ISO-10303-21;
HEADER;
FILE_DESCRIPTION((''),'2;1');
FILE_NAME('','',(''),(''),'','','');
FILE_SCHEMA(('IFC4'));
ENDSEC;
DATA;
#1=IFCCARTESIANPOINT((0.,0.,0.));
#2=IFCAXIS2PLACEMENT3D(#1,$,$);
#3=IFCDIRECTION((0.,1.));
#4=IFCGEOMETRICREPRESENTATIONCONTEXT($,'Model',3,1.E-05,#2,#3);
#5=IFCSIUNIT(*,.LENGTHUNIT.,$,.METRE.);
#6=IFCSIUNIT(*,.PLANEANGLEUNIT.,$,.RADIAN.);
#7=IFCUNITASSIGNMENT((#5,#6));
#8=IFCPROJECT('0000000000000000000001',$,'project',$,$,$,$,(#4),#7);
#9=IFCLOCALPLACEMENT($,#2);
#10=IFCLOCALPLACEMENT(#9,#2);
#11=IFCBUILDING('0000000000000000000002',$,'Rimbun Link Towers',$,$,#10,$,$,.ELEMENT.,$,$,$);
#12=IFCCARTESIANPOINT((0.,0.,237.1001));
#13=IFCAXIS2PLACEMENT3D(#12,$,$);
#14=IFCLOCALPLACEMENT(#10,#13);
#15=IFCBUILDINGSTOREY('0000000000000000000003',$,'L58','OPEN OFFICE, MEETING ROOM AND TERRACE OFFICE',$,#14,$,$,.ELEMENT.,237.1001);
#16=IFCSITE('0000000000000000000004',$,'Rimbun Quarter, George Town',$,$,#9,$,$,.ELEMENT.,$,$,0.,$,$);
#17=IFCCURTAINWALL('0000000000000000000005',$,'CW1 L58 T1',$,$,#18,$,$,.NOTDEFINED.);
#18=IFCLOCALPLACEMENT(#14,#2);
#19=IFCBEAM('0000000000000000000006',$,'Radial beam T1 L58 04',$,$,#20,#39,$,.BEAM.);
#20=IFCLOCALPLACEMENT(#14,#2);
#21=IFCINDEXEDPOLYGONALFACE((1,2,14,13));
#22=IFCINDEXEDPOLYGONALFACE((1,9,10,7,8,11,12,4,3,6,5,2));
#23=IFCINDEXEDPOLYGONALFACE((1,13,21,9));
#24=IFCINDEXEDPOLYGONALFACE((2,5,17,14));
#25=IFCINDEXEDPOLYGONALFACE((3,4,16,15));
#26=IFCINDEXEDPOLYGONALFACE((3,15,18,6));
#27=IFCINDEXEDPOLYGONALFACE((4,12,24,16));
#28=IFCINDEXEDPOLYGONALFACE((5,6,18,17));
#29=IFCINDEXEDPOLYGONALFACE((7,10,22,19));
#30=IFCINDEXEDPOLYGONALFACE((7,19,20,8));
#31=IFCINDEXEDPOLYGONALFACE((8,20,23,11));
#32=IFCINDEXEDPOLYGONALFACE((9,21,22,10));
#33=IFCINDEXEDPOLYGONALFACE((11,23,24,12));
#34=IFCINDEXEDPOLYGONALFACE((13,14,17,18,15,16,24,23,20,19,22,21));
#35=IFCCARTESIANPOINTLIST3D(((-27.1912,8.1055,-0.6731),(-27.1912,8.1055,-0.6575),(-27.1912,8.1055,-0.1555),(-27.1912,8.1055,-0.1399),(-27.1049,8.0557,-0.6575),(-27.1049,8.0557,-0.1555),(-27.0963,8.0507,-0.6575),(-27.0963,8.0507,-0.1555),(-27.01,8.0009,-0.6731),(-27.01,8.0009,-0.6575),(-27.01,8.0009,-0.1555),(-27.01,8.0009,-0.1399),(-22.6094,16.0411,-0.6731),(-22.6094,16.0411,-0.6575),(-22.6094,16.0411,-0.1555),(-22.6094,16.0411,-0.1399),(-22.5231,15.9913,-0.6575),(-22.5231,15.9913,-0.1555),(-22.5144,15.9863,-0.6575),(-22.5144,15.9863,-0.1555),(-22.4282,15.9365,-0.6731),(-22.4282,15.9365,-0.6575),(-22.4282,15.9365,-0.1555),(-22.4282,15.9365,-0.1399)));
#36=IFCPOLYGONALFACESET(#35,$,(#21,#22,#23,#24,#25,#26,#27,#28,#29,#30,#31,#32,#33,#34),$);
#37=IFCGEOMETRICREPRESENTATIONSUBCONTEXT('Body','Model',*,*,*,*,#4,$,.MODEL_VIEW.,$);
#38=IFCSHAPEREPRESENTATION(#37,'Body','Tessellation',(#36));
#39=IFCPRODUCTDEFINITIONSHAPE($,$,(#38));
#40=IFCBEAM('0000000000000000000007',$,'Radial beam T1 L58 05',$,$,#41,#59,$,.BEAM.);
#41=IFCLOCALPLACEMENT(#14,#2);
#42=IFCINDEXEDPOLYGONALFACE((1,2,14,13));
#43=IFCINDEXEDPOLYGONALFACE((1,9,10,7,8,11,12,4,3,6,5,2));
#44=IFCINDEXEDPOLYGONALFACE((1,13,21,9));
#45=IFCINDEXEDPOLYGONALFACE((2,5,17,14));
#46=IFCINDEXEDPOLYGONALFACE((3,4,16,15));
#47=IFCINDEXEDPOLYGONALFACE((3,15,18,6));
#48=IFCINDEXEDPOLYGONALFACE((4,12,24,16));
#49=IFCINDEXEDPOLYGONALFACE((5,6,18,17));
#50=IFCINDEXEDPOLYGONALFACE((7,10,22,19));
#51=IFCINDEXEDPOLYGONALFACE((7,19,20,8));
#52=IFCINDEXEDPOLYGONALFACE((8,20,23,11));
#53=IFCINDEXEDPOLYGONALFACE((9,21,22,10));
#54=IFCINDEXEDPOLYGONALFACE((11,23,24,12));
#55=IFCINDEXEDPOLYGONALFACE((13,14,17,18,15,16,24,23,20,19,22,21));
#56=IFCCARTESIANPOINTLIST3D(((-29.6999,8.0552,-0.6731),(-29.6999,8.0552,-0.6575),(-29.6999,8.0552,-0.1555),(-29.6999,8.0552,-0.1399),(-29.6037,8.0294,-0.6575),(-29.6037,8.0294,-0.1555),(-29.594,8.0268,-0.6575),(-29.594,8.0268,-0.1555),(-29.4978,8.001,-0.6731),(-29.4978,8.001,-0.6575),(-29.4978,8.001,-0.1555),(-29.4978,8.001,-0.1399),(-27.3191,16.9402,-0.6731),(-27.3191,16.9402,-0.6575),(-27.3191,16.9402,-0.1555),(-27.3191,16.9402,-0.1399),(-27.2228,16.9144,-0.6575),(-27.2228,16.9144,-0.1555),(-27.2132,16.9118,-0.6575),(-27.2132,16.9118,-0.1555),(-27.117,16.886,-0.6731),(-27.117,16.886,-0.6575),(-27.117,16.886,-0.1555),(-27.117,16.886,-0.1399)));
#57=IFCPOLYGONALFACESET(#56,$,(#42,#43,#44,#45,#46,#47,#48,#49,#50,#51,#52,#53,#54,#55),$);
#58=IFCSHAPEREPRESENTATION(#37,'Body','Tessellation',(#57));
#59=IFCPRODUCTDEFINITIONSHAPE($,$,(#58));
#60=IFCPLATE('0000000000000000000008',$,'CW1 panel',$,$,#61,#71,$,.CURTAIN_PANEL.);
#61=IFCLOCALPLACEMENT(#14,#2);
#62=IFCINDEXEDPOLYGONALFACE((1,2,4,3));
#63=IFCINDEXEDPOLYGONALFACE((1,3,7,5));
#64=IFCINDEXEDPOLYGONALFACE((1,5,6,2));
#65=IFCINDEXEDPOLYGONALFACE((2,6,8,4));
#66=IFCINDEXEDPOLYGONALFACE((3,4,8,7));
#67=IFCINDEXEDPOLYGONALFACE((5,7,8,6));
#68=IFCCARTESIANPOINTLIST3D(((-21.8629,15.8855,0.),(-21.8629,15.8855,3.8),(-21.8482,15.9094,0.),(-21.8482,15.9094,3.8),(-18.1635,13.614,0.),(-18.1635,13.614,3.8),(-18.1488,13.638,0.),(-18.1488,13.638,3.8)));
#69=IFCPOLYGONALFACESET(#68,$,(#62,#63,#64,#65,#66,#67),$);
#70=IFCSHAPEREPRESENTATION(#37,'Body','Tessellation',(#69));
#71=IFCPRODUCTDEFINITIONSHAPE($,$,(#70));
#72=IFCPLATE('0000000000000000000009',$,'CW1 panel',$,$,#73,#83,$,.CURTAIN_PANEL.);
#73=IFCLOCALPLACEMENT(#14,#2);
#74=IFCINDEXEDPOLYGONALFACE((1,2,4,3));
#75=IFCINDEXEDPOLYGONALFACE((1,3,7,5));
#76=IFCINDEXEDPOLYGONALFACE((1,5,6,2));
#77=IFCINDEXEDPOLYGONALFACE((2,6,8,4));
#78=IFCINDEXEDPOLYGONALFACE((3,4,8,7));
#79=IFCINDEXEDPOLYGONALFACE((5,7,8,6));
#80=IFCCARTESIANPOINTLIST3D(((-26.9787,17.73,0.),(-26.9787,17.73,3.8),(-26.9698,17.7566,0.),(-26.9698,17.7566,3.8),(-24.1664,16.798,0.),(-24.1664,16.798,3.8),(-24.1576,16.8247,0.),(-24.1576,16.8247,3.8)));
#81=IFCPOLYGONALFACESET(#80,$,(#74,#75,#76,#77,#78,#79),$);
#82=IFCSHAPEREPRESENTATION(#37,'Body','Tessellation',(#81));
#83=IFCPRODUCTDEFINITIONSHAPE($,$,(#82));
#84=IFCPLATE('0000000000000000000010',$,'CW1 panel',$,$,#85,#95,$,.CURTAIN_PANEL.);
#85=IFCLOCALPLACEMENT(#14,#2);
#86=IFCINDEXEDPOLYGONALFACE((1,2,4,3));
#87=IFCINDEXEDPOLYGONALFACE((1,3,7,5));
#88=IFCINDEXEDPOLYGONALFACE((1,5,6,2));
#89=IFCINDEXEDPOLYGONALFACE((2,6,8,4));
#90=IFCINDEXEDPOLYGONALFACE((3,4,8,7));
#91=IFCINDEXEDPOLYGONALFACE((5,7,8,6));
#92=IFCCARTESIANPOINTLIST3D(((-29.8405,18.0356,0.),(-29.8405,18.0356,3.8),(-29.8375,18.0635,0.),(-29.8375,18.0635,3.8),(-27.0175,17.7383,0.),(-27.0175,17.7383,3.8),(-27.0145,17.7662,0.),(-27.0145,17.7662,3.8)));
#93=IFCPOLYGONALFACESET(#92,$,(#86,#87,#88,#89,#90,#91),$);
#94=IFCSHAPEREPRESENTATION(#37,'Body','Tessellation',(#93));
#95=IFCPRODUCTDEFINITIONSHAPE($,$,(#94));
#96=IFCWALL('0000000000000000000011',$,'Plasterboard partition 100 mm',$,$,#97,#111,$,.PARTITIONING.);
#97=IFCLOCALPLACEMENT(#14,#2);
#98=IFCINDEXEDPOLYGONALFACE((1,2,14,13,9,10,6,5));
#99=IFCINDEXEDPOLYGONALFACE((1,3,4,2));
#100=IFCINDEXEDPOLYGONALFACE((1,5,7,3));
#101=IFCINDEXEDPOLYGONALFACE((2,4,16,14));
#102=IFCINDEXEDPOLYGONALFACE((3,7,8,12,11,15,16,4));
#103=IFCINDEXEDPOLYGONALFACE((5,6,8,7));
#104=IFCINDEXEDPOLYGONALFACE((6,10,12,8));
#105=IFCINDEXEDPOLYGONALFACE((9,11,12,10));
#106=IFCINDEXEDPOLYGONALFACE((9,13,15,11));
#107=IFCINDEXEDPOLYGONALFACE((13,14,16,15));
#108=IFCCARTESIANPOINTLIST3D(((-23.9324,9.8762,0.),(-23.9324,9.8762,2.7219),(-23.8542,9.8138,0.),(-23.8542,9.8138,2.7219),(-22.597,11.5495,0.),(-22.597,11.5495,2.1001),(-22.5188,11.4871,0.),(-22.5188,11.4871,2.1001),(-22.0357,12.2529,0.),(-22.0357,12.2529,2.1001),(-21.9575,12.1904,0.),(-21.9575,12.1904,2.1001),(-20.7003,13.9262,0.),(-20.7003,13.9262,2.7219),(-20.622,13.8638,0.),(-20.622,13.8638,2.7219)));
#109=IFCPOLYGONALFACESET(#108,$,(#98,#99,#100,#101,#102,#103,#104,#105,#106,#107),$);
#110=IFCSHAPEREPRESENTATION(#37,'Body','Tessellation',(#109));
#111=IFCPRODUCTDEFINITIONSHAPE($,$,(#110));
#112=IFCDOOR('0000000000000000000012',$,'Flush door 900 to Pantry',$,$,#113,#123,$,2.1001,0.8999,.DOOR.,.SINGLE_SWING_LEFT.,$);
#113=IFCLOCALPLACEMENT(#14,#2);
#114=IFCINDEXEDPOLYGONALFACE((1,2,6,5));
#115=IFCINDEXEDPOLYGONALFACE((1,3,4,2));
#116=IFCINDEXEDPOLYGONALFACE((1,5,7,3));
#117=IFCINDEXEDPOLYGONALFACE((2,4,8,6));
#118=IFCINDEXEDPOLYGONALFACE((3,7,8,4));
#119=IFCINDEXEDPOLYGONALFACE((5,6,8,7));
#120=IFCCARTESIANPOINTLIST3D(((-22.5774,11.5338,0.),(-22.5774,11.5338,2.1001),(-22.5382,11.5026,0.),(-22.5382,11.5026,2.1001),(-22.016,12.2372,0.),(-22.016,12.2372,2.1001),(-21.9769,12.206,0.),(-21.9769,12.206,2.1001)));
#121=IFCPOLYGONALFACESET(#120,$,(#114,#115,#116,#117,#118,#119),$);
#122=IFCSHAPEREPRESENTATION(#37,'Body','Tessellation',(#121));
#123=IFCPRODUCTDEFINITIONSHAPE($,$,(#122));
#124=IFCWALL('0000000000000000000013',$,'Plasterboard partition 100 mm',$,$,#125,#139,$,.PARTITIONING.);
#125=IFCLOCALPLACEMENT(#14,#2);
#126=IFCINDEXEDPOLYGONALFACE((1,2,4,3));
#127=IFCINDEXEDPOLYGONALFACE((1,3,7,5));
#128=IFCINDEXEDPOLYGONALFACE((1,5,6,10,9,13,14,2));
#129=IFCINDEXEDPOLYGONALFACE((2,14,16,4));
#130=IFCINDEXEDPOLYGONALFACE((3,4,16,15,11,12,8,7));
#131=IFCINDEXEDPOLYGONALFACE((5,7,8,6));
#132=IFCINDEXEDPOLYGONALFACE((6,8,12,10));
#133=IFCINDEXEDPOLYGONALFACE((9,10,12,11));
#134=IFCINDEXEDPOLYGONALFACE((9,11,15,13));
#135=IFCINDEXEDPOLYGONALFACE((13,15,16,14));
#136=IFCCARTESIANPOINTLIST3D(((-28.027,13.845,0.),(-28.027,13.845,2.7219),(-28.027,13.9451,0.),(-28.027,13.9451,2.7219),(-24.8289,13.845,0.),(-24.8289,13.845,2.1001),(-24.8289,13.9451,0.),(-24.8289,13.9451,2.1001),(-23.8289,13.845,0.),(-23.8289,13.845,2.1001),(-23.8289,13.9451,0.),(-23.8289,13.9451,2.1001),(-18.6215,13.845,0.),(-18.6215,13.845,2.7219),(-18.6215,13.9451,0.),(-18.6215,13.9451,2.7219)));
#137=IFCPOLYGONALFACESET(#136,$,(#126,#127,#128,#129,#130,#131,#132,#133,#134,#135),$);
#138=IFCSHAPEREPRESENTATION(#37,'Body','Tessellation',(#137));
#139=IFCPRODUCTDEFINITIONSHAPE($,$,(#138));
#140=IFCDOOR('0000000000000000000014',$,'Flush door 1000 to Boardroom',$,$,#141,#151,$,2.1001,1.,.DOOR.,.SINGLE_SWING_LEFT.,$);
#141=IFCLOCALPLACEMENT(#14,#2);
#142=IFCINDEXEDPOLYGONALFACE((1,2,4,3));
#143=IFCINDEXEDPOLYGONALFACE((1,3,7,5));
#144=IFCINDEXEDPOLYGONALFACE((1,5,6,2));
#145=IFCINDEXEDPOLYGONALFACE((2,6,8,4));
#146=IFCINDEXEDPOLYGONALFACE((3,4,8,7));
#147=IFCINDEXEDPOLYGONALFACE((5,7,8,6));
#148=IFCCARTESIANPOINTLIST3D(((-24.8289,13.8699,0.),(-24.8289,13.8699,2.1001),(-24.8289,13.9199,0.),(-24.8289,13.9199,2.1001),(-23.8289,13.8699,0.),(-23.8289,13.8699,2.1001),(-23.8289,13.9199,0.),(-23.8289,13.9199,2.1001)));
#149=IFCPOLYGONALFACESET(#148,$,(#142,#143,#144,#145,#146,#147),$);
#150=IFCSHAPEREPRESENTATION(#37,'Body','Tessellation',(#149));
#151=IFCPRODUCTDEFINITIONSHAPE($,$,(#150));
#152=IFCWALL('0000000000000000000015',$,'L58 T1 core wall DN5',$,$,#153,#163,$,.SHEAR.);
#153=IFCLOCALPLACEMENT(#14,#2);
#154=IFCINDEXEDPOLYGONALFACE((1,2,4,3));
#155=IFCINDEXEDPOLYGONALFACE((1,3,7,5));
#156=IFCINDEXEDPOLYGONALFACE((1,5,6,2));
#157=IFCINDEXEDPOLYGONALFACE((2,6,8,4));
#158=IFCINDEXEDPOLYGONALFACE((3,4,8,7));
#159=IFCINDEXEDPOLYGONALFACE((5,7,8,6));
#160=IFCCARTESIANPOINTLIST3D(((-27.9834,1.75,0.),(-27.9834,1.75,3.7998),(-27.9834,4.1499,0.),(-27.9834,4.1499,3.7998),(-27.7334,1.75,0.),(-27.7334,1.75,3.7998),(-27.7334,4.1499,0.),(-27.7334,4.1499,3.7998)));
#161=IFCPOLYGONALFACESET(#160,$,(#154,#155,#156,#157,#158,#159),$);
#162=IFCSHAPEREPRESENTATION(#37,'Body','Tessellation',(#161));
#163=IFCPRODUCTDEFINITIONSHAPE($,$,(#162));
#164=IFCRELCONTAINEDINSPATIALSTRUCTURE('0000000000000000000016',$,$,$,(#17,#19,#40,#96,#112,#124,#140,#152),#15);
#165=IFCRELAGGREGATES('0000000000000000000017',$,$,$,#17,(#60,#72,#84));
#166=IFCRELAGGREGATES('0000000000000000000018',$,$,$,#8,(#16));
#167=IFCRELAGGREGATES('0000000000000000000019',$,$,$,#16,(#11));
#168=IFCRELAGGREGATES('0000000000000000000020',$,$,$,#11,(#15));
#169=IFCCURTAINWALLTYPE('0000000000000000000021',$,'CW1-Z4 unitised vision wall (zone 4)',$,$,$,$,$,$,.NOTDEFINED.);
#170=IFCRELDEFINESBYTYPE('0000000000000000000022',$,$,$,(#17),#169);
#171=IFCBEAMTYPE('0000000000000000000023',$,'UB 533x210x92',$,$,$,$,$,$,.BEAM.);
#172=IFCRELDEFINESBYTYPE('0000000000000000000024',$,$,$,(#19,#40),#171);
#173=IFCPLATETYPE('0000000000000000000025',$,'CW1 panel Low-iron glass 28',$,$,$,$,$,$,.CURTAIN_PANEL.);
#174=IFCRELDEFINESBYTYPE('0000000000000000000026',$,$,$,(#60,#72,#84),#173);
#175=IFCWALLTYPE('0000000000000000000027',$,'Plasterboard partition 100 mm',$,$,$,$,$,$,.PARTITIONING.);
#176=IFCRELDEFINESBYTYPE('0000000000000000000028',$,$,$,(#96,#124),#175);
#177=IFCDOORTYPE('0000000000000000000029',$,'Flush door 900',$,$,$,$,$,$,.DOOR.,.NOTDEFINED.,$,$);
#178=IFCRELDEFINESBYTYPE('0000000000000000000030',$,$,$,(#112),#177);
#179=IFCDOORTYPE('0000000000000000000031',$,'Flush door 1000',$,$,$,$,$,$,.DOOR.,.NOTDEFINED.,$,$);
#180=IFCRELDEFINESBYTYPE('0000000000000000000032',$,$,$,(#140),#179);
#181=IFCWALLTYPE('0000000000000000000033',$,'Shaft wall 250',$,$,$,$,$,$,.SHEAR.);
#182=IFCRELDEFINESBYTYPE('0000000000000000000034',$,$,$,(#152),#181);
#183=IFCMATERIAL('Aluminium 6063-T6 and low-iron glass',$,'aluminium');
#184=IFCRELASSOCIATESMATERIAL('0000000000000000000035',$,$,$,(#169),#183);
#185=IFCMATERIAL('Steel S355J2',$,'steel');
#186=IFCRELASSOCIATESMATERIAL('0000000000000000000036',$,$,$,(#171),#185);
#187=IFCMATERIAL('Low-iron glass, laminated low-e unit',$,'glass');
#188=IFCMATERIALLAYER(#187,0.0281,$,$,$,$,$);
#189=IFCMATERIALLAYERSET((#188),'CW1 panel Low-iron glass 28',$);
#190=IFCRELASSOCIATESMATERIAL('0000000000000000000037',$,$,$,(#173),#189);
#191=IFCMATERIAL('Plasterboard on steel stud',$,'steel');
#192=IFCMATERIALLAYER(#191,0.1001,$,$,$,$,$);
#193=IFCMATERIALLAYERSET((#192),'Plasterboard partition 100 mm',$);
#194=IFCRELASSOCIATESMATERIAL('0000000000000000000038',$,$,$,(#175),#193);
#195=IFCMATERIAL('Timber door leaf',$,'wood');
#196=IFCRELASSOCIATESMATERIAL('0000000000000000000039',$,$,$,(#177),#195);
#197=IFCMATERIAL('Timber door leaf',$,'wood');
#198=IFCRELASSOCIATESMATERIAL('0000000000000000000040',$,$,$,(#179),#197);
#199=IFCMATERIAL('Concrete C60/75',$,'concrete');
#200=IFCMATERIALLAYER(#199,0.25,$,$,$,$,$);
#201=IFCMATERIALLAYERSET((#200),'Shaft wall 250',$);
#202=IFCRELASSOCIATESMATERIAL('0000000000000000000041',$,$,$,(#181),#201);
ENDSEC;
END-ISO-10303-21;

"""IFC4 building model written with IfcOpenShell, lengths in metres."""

from ifc_helpers import new_model, si_unit, direction, frame, frame_2d, origin, origin_2d, place, context, subcontext, project, spatial, rectangle, i_section, extrude, material, layer, layer_set, material_profile, profile_set, type_object, element, fill, aggregate, save


model = new_model("IFC4")

# Units and contexts
model_context = context("Model", 3, precision=1e-05, world=origin(), true_north=direction((0.0, 1.0)))
body_context = subcontext(model_context, "Body", "Model", "MODEL_VIEW")
ifc_project = project(units=[si_unit("LENGTHUNIT", "METRE"), si_unit("PLANEANGLEUNIT", "RADIAN")], contexts=[model_context])

# Site, building, storey
site_placement = place(None, origin())
site = spatial("IfcSite", under=ifc_project, at=site_placement, Name="Rimbun Quarter, George Town", CompositionType="ELEMENT", RefElevation=0.0)
building_placement = place(site_placement, origin())
building = spatial("IfcBuilding", under=site, at=building_placement, Name="Rimbun Link Towers", CompositionType="ELEMENT")
storey_placement = place(building_placement, frame((0.0, 0.0, 237.1001)))
storey = spatial("IfcBuildingStorey", under=building, at=storey_placement, Name="L58", Description="OPEN OFFICE, MEETING ROOM AND TERRACE OFFICE", CompositionType="ELEMENT", Elevation=237.1001)

# Curtain wall
ifc_material_1 = material(Name="Aluminium 6063-T6 and low-iron glass", Category="aluminium")
curtain_wall_type = type_object("IfcCurtainWallType", Name="CW1-Z4 unitised vision wall (zone 4)", PredefinedType="NOTDEFINED", material=ifc_material_1)
curtain_wall_placement = place(storey_placement, origin())
curtain_wall = element("IfcCurtainWall", 1, at=curtain_wall_placement, inside=storey, type_object=curtain_wall_type, Name="CW1 L58 T1", PredefinedType="NOTDEFINED")

# Beams
ifc_material_2 = material(Name="Steel S355J2", Category="steel")
ifc_material_profile_1 = material_profile(ifc_material_2, i_section(OverallWidth=0.2092, OverallDepth=0.5332, WebThickness=0.01, FlangeThickness=0.0156, at=origin_2d()), Name="UB 533x210x92")
ifc_profile_set_1 = profile_set([ifc_material_profile_1], Name="Steel S355J2")
beam_type_1 = type_object("IfcBeamType", Name="UB 533x210x92", PredefinedType="BEAM", material=ifc_profile_set_1)
beam_1_placement = place(storey_placement, frame((-27.1006, 8.0532, -0.4065), z_axis=(0.500016, 0.866016, 0.0), x_axis=(-0.866016, 0.500016, 0.0)))
element("IfcBeam", 2, at=beam_1_placement, inside=storey, type_object=beam_type_1, Name="Radial beam T1 L58 04", PredefinedType="BEAM", context=body_context, shape_type="SweptSolid", body=[
    extrude(i_section(OverallWidth=0.2092, OverallDepth=0.5332, WebThickness=0.01, FlangeThickness=0.0156, at=origin_2d()), origin(), (0.0, 0.0, 1.0), 9.1633),
])
beam_2_placement = place(storey_placement, frame((-29.5989, 8.0281, -0.4065), z_axis=(0.258832, 0.965922, 0.0), x_axis=(-0.965922, 0.258832, 0.0)))
element("IfcBeam", 3, at=beam_2_placement, inside=storey, type_object=beam_type_1, Name="Radial beam T1 L58 05", PredefinedType="BEAM", context=body_context, shape_type="SweptSolid", body=[
    extrude(i_section(OverallWidth=0.2092, OverallDepth=0.5332, WebThickness=0.01, FlangeThickness=0.0156, at=origin_2d()), origin(), (0.0, 0.0, 1.0), 9.1985),
])

# Plates
ifc_material_3 = material(Name="Low-iron glass, laminated low-e unit", Category="glass")
ifc_layer_1 = layer(ifc_material_3, 0.0281)
ifc_layer_set_1 = layer_set([ifc_layer_1], Name="CW1 panel Low-iron glass 28")
plate_type = type_object("IfcPlateType", Name="CW1 panel Low-iron glass 28", PredefinedType="CURTAIN_PANEL", material=ifc_layer_set_1)
plate_1_placement = place(storey_placement, frame((-20.0059, 14.7617, 0.0), z_axis=(0.0, 0.0, 1.0), x_axis=(0.852185, -0.52324, 0.0)))
plate_1 = element("IfcPlate", 4, at=plate_1_placement, type_object=plate_type, Name="CW1 panel", PredefinedType="CURTAIN_PANEL", context=body_context, shape_type="SweptSolid", body=[
    extrude(rectangle(XDim=4.3411, YDim=0.0281, at=origin_2d()), origin(), (0.0, 0.0, 1.0), 3.8),
])
plate_2_placement = place(storey_placement, frame((-25.5681, 17.2773, 0.0), z_axis=(0.0, 0.0, 1.0), x_axis=(0.949234, -0.31457, 0.0)))
plate_2 = element("IfcPlate", 5, at=plate_2_placement, type_object=plate_type, Name="CW1 panel", PredefinedType="CURTAIN_PANEL", context=body_context, shape_type="SweptSolid", body=[
    extrude(rectangle(XDim=2.9626, YDim=0.0281, at=origin_2d()), origin(), (0.0, 0.0, 1.0), 3.8),
])
plate_3_placement = place(storey_placement, frame((-28.4275, 17.9009, 0.0), z_axis=(0.0, 0.0, 1.0), x_axis=(0.9945, -0.104736, 0.0)))
plate_3 = element("IfcPlate", 6, at=plate_3_placement, type_object=plate_type, Name="CW1 panel", PredefinedType="CURTAIN_PANEL", context=body_context, shape_type="SweptSolid", body=[
    extrude(rectangle(XDim=2.8386, YDim=0.0281, at=origin_2d()), origin(), (0.0, 0.0, 1.0), 3.8),
])
aggregate(curtain_wall, [plate_1, plate_2, plate_3])

# Walls, openings, doors
ifc_material_4 = material(Name="Plasterboard on steel stud", Category="steel")
ifc_layer_2 = layer(ifc_material_4, 0.1001)
ifc_layer_set_2 = layer_set([ifc_layer_2], Name="Plasterboard partition 100 mm")
wall_type_1 = type_object("IfcWallType", Name="Plasterboard partition 100 mm", PredefinedType="PARTITIONING", material=ifc_layer_set_2)
wall_1_placement = place(storey_placement, frame((-23.8933, 9.845, 0.0), z_axis=(0.0, 0.0, 1.0), x_axis=(0.62377, 0.781608, 0.0)))
wall_1 = element("IfcWall", 7, at=wall_1_placement, inside=storey, type_object=wall_type_1, Name="Plasterboard partition 100 mm", PredefinedType="PARTITIONING", context=body_context, shape_type="SweptSolid", body=[
    extrude(rectangle(XDim=5.1816, YDim=0.1001, at=frame_2d((2.5908, 0.0))), origin(), (0.0, 0.0, 1.0), 2.7219),
])
opening_1_placement = place(wall_1_placement, frame((2.1409, 0.0, 0.0)))
opening_1 = element("IfcOpeningElement", 8, at=opening_1_placement, cuts=wall_1, PredefinedType="OPENING", context=body_context, shape_type="SweptSolid", body=[
    extrude(rectangle(XDim=0.8999, YDim=2.1001, at=frame_2d((0.45, 1.05))), frame((0.0, 0.0601, 0.0), z_axis=(0.0, -1.0, 0.0), x_axis=(1.0, 0.0, 0.0)), (0.0, 0.0, 1.0), 0.1201),
])
ifc_material_5 = material(Name="Timber door leaf", Category="wood")
door_type_1 = type_object("IfcDoorType", Name="Flush door 900", OperationType="NOTDEFINED", PredefinedType="DOOR", material=ifc_material_5)
door_1_placement = place(opening_1_placement, origin())
door_1 = element("IfcDoor", 9, at=door_1_placement, inside=storey, type_object=door_type_1, Name="Flush door 900 to Pantry", OperationType="SINGLE_SWING_LEFT", OverallHeight=2.1001, OverallWidth=0.8999, PredefinedType="DOOR", context=body_context, shape_type="SweptSolid", body=[
    extrude(rectangle(XDim=0.8999, YDim=2.1001, at=frame_2d((0.45, 1.05))), frame((0.0, 0.0249, 0.0), z_axis=(0.0, -1.0, 0.0), x_axis=(1.0, 0.0, 0.0)), (0.0, 0.0, 1.0), 0.05),
])
fill(opening_1, door_1)
wall_2_placement = place(storey_placement, frame((-28.0269, 13.895, 0.0), z_axis=(0.0, 0.0, 1.0), x_axis=(1.0, 0.0, 0.0)))
wall_2 = element("IfcWall", 10, at=wall_2_placement, inside=storey, type_object=wall_type_1, Name="Plasterboard partition 100 mm", PredefinedType="PARTITIONING", context=body_context, shape_type="SweptSolid", body=[
    extrude(rectangle(XDim=9.4055, YDim=0.1001, at=frame_2d((4.7026, 0.0))), origin(), (0.0, 0.0, 1.0), 2.7219),
])
opening_2_placement = place(wall_2_placement, frame((3.198, 0.0, 0.0)))
opening_2 = element("IfcOpeningElement", 11, at=opening_2_placement, cuts=wall_2, PredefinedType="OPENING", context=body_context, shape_type="SweptSolid", body=[
    extrude(rectangle(XDim=1.0, YDim=2.1001, at=frame_2d((0.5, 1.05))), frame((0.0, 0.0601, 0.0), z_axis=(0.0, -1.0, 0.0), x_axis=(1.0, 0.0, 0.0)), (0.0, 0.0, 1.0), 0.1201),
])
ifc_material_6 = material(Name="Timber door leaf", Category="wood")
door_type_2 = type_object("IfcDoorType", Name="Flush door 1000", OperationType="NOTDEFINED", PredefinedType="DOOR", material=ifc_material_6)
door_2_placement = place(opening_2_placement, origin())
door_2 = element("IfcDoor", 12, at=door_2_placement, inside=storey, type_object=door_type_2, Name="Flush door 1000 to Boardroom", OperationType="SINGLE_SWING_LEFT", OverallHeight=2.1001, OverallWidth=1.0, PredefinedType="DOOR", context=body_context, shape_type="SweptSolid", body=[
    extrude(rectangle(XDim=1.0, YDim=2.1001, at=frame_2d((0.5, 1.05))), frame((0.0, 0.0249, 0.0), z_axis=(0.0, -1.0, 0.0), x_axis=(1.0, 0.0, 0.0)), (0.0, 0.0, 1.0), 0.05),
])
fill(opening_2, door_2)

# Wall
ifc_material_7 = material(Name="Concrete C60/75", Category="concrete")
ifc_layer_3 = layer(ifc_material_7, 0.25)
ifc_layer_set_3 = layer_set([ifc_layer_3], Name="Shaft wall 250")
wall_type_2 = type_object("IfcWallType", Name="Shaft wall 250", PredefinedType="SHEAR", material=ifc_layer_set_3)
wall_3_placement = place(storey_placement, frame((-27.8584, 1.75, 0.0), z_axis=(0.0, 0.0, 1.0), x_axis=(0.0, 1.0, 0.0)))
element("IfcWall", 13, at=wall_3_placement, inside=storey, type_object=wall_type_2, Name="L58 T1 core wall DN5", PredefinedType="SHEAR", context=body_context, shape_type="SweptSolid", body=[
    extrude(rectangle(XDim=2.3999, YDim=0.25, at=frame_2d((1.2, 0.0))), origin(), (0.0, 0.0, 1.0), 3.7998),
])

save(model, "model.ifc")
